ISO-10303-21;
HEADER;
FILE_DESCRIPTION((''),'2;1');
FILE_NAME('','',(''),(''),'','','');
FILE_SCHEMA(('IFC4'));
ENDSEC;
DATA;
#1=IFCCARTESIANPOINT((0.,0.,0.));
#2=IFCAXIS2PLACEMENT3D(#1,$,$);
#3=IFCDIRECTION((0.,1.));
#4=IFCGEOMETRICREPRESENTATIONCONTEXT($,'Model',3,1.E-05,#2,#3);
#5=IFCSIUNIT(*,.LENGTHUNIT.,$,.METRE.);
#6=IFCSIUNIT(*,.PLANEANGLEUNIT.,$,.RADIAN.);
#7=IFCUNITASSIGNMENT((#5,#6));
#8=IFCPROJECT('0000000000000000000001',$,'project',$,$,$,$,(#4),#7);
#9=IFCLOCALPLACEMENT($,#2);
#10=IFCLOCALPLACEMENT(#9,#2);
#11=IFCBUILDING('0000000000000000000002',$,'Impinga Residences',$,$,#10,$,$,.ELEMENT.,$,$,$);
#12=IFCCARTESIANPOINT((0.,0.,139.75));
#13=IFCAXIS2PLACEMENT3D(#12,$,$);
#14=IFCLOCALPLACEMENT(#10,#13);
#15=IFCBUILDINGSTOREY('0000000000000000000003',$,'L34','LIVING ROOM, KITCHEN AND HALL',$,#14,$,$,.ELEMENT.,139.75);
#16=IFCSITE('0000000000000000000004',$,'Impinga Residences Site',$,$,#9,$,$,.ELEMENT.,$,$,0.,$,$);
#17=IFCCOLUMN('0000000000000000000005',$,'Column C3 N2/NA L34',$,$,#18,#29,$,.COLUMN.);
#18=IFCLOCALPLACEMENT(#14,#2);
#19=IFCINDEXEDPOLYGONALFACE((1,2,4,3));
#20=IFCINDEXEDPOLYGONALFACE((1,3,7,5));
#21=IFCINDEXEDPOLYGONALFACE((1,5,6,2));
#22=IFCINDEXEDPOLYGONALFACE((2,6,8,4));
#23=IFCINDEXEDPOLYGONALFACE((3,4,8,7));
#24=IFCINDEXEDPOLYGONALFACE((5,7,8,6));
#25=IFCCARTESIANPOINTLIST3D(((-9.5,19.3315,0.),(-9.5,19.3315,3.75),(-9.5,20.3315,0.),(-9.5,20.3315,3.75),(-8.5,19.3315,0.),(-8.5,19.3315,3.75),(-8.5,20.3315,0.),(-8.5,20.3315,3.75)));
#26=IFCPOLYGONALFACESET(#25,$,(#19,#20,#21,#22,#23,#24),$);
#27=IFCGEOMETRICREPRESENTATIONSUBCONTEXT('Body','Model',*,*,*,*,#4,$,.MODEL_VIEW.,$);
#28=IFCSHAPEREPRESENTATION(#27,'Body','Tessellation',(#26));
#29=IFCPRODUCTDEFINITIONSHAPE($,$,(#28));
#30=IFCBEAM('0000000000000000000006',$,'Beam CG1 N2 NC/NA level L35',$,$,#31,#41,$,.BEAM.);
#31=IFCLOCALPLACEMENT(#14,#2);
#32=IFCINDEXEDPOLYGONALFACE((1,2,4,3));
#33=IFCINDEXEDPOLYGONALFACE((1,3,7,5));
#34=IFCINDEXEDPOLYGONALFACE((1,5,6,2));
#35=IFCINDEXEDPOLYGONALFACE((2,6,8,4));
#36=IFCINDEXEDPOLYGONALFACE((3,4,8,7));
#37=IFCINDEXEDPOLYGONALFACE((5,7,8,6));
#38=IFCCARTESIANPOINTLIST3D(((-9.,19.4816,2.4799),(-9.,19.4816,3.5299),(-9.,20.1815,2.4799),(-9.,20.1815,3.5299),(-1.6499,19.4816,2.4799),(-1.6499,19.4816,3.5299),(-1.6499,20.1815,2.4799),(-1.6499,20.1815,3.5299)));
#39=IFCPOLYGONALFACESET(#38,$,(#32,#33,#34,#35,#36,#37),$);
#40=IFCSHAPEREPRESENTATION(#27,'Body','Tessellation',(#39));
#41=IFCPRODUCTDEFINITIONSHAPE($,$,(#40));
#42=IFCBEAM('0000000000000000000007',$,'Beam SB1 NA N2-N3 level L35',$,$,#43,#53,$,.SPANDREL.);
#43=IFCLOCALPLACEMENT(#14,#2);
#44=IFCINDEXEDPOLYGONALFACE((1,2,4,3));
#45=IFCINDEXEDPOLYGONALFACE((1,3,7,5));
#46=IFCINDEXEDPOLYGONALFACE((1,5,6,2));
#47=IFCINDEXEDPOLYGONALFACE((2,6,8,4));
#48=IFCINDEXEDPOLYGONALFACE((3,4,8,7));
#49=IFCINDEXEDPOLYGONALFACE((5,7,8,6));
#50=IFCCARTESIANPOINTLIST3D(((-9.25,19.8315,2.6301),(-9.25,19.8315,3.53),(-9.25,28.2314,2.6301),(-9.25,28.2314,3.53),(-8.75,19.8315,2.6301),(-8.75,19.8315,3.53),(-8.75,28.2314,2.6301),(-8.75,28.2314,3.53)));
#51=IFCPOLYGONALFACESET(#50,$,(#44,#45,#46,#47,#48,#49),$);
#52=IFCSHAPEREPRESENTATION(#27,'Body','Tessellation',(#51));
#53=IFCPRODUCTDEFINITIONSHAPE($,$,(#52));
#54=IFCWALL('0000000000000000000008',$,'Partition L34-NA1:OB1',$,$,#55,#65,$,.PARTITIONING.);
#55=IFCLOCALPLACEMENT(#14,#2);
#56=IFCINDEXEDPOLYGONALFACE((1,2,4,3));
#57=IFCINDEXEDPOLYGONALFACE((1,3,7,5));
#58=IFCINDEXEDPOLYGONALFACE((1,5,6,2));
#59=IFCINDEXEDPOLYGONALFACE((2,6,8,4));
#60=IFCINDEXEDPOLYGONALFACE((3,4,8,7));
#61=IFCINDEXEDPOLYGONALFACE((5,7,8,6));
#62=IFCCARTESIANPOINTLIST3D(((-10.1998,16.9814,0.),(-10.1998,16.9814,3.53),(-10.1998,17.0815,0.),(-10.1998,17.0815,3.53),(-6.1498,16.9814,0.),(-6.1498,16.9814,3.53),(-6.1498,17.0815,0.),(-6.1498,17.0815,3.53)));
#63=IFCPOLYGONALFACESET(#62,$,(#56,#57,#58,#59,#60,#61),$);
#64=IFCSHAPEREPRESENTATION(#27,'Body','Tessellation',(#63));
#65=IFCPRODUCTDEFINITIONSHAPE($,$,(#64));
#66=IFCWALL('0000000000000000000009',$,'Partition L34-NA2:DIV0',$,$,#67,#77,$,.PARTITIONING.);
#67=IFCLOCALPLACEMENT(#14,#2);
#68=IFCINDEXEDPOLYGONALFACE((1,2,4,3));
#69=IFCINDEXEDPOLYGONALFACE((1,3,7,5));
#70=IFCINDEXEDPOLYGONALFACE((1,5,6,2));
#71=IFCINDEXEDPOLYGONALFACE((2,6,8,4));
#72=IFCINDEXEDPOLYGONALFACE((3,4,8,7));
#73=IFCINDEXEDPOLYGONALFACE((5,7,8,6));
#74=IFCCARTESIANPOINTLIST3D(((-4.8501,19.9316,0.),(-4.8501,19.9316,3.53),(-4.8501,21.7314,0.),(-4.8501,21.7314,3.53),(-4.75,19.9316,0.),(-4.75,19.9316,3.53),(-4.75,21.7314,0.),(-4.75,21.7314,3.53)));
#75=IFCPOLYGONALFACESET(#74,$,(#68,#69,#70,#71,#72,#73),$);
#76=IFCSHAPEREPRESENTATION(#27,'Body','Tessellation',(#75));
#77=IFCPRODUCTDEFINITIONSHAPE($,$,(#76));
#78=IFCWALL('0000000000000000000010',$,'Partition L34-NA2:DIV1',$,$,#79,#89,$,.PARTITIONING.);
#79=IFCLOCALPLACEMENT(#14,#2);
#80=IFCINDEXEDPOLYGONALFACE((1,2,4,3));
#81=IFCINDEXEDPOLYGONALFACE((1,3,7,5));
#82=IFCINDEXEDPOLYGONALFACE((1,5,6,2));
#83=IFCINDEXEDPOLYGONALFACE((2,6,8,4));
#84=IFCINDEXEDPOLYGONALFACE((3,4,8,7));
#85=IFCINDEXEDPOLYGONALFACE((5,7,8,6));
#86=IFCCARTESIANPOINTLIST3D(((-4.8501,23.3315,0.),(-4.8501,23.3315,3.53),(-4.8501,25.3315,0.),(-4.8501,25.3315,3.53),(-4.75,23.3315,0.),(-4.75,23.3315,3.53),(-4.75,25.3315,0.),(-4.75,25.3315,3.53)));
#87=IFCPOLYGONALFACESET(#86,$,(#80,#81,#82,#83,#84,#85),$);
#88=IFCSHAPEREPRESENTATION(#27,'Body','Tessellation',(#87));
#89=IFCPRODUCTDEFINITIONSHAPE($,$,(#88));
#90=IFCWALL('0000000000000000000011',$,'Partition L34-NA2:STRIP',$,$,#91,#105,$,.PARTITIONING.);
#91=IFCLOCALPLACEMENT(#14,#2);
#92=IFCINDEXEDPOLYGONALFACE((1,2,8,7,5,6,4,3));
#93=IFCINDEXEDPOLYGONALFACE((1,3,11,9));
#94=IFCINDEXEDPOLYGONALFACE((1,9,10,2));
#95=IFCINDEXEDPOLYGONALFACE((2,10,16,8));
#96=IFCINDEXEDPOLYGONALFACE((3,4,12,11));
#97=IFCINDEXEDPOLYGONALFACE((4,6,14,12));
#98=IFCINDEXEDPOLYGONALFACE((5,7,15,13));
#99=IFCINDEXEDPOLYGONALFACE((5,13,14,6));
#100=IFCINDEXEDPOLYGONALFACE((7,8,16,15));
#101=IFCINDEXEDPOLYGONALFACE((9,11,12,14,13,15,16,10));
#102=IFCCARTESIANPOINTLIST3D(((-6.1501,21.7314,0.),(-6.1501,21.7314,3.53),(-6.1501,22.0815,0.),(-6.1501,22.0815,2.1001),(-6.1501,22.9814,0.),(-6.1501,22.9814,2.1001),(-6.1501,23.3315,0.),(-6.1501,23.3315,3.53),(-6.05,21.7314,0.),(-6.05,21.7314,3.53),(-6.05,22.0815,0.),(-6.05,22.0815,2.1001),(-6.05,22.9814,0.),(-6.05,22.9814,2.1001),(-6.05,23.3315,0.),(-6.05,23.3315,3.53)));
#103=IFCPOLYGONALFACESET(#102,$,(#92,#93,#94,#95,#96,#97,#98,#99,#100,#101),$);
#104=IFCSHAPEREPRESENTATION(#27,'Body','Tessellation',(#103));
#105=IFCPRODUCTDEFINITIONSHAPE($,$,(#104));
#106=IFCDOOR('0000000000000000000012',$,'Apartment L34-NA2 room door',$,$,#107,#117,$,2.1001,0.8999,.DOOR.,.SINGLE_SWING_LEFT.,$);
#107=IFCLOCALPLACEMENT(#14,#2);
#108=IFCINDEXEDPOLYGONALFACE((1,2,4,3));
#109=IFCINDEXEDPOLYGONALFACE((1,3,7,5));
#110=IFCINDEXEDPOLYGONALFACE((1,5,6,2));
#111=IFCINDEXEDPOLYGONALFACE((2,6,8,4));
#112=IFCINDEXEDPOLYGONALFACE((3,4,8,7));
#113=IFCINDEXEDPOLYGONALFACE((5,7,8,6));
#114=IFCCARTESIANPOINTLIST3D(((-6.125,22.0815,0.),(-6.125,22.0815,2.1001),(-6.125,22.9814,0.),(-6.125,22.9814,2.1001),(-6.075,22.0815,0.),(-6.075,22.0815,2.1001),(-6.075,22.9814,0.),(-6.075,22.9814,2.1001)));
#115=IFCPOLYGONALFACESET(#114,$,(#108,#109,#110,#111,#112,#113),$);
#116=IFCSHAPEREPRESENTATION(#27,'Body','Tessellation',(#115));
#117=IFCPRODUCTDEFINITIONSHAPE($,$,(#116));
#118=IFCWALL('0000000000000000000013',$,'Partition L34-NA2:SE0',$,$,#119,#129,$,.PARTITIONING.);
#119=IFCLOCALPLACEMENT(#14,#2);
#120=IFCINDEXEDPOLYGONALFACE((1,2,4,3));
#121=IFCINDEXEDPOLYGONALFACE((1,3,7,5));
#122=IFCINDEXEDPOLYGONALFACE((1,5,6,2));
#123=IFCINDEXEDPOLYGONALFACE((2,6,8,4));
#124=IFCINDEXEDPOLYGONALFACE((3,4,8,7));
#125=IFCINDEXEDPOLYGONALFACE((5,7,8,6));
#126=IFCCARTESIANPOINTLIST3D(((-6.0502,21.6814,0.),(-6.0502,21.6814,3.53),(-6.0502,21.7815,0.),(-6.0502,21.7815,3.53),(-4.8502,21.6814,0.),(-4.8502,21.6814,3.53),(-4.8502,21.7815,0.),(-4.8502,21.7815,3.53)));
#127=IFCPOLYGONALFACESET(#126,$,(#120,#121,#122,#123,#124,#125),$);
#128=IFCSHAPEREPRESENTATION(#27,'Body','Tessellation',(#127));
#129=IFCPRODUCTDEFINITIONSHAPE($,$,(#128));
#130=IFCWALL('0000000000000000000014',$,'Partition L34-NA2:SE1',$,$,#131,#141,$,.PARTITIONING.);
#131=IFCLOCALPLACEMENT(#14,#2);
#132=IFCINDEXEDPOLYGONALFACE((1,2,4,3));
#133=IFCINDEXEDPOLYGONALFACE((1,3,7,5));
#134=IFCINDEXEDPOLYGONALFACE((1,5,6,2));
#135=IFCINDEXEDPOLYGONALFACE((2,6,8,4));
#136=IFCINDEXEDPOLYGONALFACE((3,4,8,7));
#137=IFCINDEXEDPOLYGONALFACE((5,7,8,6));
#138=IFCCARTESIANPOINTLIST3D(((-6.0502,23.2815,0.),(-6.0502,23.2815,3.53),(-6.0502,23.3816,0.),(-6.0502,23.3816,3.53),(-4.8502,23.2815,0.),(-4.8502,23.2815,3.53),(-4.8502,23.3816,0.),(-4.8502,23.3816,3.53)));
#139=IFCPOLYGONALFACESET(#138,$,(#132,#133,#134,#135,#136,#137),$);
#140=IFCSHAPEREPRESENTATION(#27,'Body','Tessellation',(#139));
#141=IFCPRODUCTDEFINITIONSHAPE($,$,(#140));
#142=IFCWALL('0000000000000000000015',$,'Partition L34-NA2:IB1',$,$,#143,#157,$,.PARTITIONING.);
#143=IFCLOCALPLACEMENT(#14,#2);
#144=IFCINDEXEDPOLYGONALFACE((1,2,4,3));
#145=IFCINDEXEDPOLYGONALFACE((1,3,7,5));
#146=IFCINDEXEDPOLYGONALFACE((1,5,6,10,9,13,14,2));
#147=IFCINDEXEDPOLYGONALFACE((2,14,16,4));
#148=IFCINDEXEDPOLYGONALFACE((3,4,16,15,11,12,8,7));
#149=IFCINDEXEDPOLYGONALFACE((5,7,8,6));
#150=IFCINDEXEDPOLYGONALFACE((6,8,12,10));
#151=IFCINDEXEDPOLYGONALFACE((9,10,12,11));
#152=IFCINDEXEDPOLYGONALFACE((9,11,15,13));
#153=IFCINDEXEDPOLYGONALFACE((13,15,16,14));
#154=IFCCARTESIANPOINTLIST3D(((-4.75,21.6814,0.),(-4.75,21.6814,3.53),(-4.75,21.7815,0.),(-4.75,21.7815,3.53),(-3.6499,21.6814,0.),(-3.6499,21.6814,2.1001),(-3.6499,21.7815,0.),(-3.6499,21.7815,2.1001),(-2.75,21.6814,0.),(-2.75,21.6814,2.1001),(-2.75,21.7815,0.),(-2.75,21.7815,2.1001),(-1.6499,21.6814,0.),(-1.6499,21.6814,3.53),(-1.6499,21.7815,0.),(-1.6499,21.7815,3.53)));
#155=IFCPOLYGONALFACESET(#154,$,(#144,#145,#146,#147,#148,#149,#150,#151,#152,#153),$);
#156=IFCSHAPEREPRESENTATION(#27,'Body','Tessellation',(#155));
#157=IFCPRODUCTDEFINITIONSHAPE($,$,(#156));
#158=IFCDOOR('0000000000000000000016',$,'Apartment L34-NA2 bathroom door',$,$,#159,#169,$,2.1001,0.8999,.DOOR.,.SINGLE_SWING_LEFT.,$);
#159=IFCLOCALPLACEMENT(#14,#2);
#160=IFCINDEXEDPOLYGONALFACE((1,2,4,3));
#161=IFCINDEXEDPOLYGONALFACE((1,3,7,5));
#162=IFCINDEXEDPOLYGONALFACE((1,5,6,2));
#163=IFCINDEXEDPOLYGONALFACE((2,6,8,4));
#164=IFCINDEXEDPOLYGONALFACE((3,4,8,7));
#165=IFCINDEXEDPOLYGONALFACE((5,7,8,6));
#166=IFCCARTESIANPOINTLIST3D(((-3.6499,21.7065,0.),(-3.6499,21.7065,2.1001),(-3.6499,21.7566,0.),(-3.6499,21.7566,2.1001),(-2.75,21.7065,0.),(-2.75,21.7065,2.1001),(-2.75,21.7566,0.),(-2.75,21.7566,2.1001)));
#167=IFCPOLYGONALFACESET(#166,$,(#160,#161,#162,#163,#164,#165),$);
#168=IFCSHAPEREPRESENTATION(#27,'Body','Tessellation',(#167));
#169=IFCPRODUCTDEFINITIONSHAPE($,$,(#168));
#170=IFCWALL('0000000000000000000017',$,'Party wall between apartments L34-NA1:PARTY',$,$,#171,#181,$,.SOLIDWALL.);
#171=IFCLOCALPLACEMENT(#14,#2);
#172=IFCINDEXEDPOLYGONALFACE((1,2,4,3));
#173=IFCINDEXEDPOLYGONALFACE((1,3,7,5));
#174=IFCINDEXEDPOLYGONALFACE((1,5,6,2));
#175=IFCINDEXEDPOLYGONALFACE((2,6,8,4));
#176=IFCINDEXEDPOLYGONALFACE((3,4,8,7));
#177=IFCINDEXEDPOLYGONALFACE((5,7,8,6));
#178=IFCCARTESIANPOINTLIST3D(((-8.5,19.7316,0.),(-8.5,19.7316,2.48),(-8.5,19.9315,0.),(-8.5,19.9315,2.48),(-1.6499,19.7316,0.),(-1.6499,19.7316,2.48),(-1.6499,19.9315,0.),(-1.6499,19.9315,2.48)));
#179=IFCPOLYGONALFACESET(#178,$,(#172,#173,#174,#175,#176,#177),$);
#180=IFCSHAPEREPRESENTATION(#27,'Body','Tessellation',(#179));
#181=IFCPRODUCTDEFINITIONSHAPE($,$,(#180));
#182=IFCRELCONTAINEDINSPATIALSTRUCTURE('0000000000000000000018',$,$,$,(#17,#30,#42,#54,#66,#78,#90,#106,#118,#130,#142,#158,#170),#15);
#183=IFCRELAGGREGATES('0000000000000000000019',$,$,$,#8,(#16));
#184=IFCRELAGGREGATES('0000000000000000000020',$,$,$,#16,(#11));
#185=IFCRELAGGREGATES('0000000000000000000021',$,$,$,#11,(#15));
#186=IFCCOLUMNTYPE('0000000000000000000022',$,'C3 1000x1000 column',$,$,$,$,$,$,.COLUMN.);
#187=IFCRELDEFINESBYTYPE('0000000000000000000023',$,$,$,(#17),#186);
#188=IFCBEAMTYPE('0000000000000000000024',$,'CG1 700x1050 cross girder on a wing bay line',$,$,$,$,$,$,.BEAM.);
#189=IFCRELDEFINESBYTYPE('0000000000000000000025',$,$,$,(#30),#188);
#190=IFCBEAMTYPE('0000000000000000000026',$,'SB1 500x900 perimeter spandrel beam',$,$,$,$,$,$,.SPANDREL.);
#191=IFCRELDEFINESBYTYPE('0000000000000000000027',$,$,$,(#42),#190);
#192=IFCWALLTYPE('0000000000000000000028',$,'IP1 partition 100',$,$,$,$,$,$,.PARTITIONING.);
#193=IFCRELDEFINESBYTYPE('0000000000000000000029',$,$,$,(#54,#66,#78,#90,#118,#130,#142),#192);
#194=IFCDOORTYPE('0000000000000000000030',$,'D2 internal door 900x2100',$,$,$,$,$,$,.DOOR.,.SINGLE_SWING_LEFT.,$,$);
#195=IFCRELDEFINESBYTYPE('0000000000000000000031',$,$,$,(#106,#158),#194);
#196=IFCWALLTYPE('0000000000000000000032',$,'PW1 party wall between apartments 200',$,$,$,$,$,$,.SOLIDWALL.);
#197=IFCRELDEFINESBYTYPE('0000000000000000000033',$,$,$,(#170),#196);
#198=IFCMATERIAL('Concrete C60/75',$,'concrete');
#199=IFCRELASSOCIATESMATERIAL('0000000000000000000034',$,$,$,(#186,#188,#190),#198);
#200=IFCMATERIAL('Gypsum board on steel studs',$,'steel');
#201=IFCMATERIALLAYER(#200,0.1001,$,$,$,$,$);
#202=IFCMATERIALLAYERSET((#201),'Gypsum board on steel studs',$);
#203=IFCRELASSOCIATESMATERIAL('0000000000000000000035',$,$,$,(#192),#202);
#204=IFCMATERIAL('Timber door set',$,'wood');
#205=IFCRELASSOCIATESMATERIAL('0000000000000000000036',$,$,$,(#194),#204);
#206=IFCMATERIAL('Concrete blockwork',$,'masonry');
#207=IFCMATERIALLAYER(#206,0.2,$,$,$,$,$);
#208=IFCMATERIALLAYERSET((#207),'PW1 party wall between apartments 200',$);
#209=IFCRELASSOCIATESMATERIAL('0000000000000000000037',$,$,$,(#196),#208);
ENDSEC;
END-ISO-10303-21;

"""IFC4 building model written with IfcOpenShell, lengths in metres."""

from ifc_helpers import new_model, si_unit, direction, frame, frame_2d, origin, origin_2d, place, context, subcontext, project, spatial, rectangle, extrude, material, layer, layer_set, material_profile, profile_set, type_object, element, fill, save


model = new_model("IFC4")

# Units and contexts
model_context = context("Model", 3, precision=1e-05, world=origin(), true_north=direction((0.0, 1.0)))
body_context = subcontext(model_context, "Body", "Model", "MODEL_VIEW")
ifc_project = project(units=[si_unit("LENGTHUNIT", "METRE"), si_unit("PLANEANGLEUNIT", "RADIAN")], contexts=[model_context])

# Site, building, storey
site_placement = place(None, origin())
site = spatial("IfcSite", under=ifc_project, at=site_placement, Name="Impinga Residences Site", CompositionType="ELEMENT", RefElevation=0.0)
building_placement = place(site_placement, origin())
building = spatial("IfcBuilding", under=site, at=building_placement, Name="Impinga Residences", CompositionType="ELEMENT")
storey_placement = place(building_placement, frame((0.0, 0.0, 139.75)))
storey = spatial("IfcBuildingStorey", under=building, at=storey_placement, Name="L34", Description="LIVING ROOM, KITCHEN AND HALL", CompositionType="ELEMENT", Elevation=139.75)

# Column
ifc_material_1 = material(Name="Concrete C60/75", Category="concrete")
ifc_material_profile_1 = material_profile(ifc_material_1, rectangle(XDim=1.0, YDim=1.0, at=origin_2d()), Name="RC 1000x1000")
ifc_profile_set_1 = profile_set([ifc_material_profile_1], Name="Concrete C60/75")
column_type = type_object("IfcColumnType", Name="C3 1000x1000 column", PredefinedType="COLUMN", material=ifc_profile_set_1)
column_placement = place(storey_placement, frame((-9.0, 19.8315, 0.0), z_axis=(0.0, 0.0, 1.0), x_axis=(1.0, 0.0, 0.0)))
element("IfcColumn", 1, at=column_placement, inside=storey, type_object=column_type, Name="Column C3 N2/NA L34", PredefinedType="COLUMN", context=body_context, shape_type="SweptSolid", body=[
    extrude(rectangle(XDim=1.0, YDim=1.0, at=origin_2d()), origin(), (0.0, 0.0, 1.0), 3.75),
])

# Beams
ifc_material_profile_2 = material_profile(ifc_material_1, rectangle(XDim=0.7, YDim=1.05, at=origin_2d()), Name="RC 700x1050")
ifc_profile_set_2 = profile_set([ifc_material_profile_2], Name="Concrete C60/75")
beam_type_1 = type_object("IfcBeamType", Name="CG1 700x1050 cross girder on a wing bay line", PredefinedType="BEAM", material=ifc_profile_set_2)
beam_1_placement = place(storey_placement, frame((-1.6499, 19.8315, 3.0049), z_axis=(-1.0, 0.0, 0.0), x_axis=(0.0, -1.0, 0.0)))
element("IfcBeam", 2, at=beam_1_placement, inside=storey, type_object=beam_type_1, Name="Beam CG1 N2 NC/NA level L35", PredefinedType="BEAM", context=body_context, shape_type="SweptSolid", body=[
    extrude(rectangle(XDim=0.7, YDim=1.05, at=origin_2d()), origin(), (0.0, 0.0, 1.0), 7.3501),
])
ifc_material_profile_3 = material_profile(ifc_material_1, rectangle(XDim=0.5, YDim=0.8999, at=origin_2d()), Name="RC 500x900")
ifc_profile_set_3 = profile_set([ifc_material_profile_3], Name="Concrete C60/75")
beam_type_2 = type_object("IfcBeamType", Name="SB1 500x900 perimeter spandrel beam", PredefinedType="SPANDREL", material=ifc_profile_set_3)
beam_2_placement = place(storey_placement, frame((-9.0, 19.8315, 3.0801), z_axis=(0.0, 1.0, 0.0), x_axis=(-1.0, 0.0, 0.0)))
element("IfcBeam", 3, at=beam_2_placement, inside=storey, type_object=beam_type_2, Name="Beam SB1 NA N2-N3 level L35", PredefinedType="SPANDREL", context=body_context, shape_type="SweptSolid", body=[
    extrude(rectangle(XDim=0.5, YDim=0.8999, at=origin_2d()), origin(), (0.0, 0.0, 1.0), 8.3999),
])

# Walls
ifc_material_2 = material(Name="Gypsum board on steel studs", Category="steel")
ifc_layer_1 = layer(ifc_material_2, 0.1001)
ifc_layer_set_1 = layer_set([ifc_layer_1], Name="Gypsum board on steel studs")
wall_type_1 = type_object("IfcWallType", Name="IP1 partition 100", PredefinedType="PARTITIONING", material=ifc_layer_set_1)
wall_1_placement = place(storey_placement, frame((-6.1499, 17.0315, 0.0), z_axis=(0.0, 0.0, 1.0), x_axis=(-1.0, 0.0, 0.0)))
element("IfcWall", 4, at=wall_1_placement, inside=storey, type_object=wall_type_1, Name="Partition L34-NA1:OB1", PredefinedType="PARTITIONING", context=body_context, shape_type="SweptSolid", body=[
    extrude(rectangle(XDim=4.05, YDim=0.1001, at=frame_2d((2.0249, 0.0))), origin(), (0.0, 0.0, 1.0), 3.53),
])
wall_2_placement = place(storey_placement, frame((-4.8, 19.9316, 0.0), z_axis=(0.0, 0.0, 1.0), x_axis=(0.0, 1.0, 0.0)))
element("IfcWall", 5, at=wall_2_placement, inside=storey, type_object=wall_type_1, Name="Partition L34-NA2:DIV0", PredefinedType="PARTITIONING", context=body_context, shape_type="SweptSolid", body=[
    extrude(rectangle(XDim=1.7998, YDim=0.1001, at=frame_2d((0.8999, 0.0))), origin(), (0.0, 0.0, 1.0), 3.53),
])
wall_3_placement = place(storey_placement, frame((-4.8, 23.3315, 0.0), z_axis=(0.0, 0.0, 1.0), x_axis=(0.0, 1.0, 0.0)))
element("IfcWall", 6, at=wall_3_placement, inside=storey, type_object=wall_type_1, Name="Partition L34-NA2:DIV1", PredefinedType="PARTITIONING", context=body_context, shape_type="SweptSolid", body=[
    extrude(rectangle(XDim=2.0, YDim=0.1001, at=frame_2d((1.0, 0.0))), origin(), (0.0, 0.0, 1.0), 3.53),
])

# Wall, opening, door
wall_4_placement = place(storey_placement, frame((-6.1001, 21.7314, 0.0), z_axis=(0.0, 0.0, 1.0), x_axis=(0.0, 1.0, 0.0)))
wall_4 = element("IfcWall", 7, at=wall_4_placement, inside=storey, type_object=wall_type_1, Name="Partition L34-NA2:STRIP", PredefinedType="PARTITIONING", context=body_context, shape_type="SweptSolid", body=[
    extrude(rectangle(XDim=1.6001, YDim=0.1001, at=frame_2d((0.8, 0.0))), origin(), (0.0, 0.0, 1.0), 3.53),
])
opening_1_placement = place(wall_4_placement, frame((0.3501, 0.0, 0.0)))
opening_1 = element("IfcOpeningElement", 8, at=opening_1_placement, cuts=wall_4, PredefinedType="OPENING", context=body_context, shape_type="SweptSolid", body=[
    extrude(rectangle(XDim=0.8999, YDim=2.1001, at=frame_2d((0.45, 1.05))), frame((0.0, 0.0601, 0.0), z_axis=(0.0, -1.0, 0.0), x_axis=(1.0, 0.0, 0.0)), (0.0, 0.0, 1.0), 0.1201),
])
ifc_material_3 = material(Name="Timber door set", Category="wood")
door_type = type_object("IfcDoorType", Name="D2 internal door 900x2100", OperationType="SINGLE_SWING_LEFT", PredefinedType="DOOR", material=ifc_material_3)
door_1_placement = place(opening_1_placement, origin())
door_1 = element("IfcDoor", 9, at=door_1_placement, inside=storey, type_object=door_type, Name="Apartment L34-NA2 room door", OperationType="SINGLE_SWING_LEFT", OverallHeight=2.1001, OverallWidth=0.8999, PredefinedType="DOOR", context=body_context, shape_type="SweptSolid", body=[
    extrude(rectangle(XDim=0.8999, YDim=2.1001, at=frame_2d((0.45, 1.05))), frame((0.0, 0.0249, 0.0), z_axis=(0.0, -1.0, 0.0), x_axis=(1.0, 0.0, 0.0)), (0.0, 0.0, 1.0), 0.05),
])
fill(opening_1, door_1)

# Walls
for number, where, z_axis, x_axis, name in (
    (10, (-4.8501, 21.7314, 0.0), (0.0, 0.0, 1.0), (-1.0, 0.0, 0.0), "Partition L34-NA2:SE0"),
    (11, (-4.8501, 23.3315, 0.0), (0.0, 0.0, 1.0), (-1.0, 0.0, 0.0), "Partition L34-NA2:SE1"),
):
    element("IfcWall", number, at=place(storey_placement, frame(where, z_axis=z_axis, x_axis=x_axis)), inside=storey, type_object=wall_type_1, Name=name, PredefinedType="PARTITIONING", context=body_context, shape_type="SweptSolid", body=[
        extrude(rectangle(XDim=1.2, YDim=0.1001, at=frame_2d((0.6001, 0.0))), origin(), (0.0, 0.0, 1.0), 3.53),
    ])

# Wall, opening, door
wall_5_placement = place(storey_placement, frame((-1.6499, 21.7314, 0.0), z_axis=(0.0, 0.0, 1.0), x_axis=(-1.0, 0.0, 0.0)))
wall_5 = element("IfcWall", 12, at=wall_5_placement, inside=storey, type_object=wall_type_1, Name="Partition L34-NA2:IB1", PredefinedType="PARTITIONING", context=body_context, shape_type="SweptSolid", body=[
    extrude(rectangle(XDim=3.1001, YDim=0.1001, at=frame_2d((1.55, 0.0))), origin(), (0.0, 0.0, 1.0), 3.53),
])
opening_2_placement = place(wall_5_placement, frame((1.1001, 0.0, 0.0)))
opening_2 = element("IfcOpeningElement", 13, at=opening_2_placement, cuts=wall_5, PredefinedType="OPENING", context=body_context, shape_type="SweptSolid", body=[
    extrude(rectangle(XDim=0.8999, YDim=2.1001, at=frame_2d((0.45, 1.05))), frame((0.0, 0.0601, 0.0), z_axis=(0.0, -1.0, 0.0), x_axis=(1.0, 0.0, 0.0)), (0.0, 0.0, 1.0), 0.1201),
])
door_2_placement = place(opening_2_placement, origin())
door_2 = element("IfcDoor", 14, at=door_2_placement, inside=storey, type_object=door_type, Name="Apartment L34-NA2 bathroom door", OperationType="SINGLE_SWING_LEFT", OverallHeight=2.1001, OverallWidth=0.8999, PredefinedType="DOOR", context=body_context, shape_type="SweptSolid", body=[
    extrude(rectangle(XDim=0.8999, YDim=2.1001, at=frame_2d((0.45, 1.05))), frame((0.0, 0.0249, 0.0), z_axis=(0.0, -1.0, 0.0), x_axis=(1.0, 0.0, 0.0)), (0.0, 0.0, 1.0), 0.05),
])
fill(opening_2, door_2)

# Wall
ifc_material_4 = material(Name="Concrete blockwork", Category="masonry")
ifc_layer_2 = layer(ifc_material_4, 0.2)
ifc_layer_set_2 = layer_set([ifc_layer_2], Name="PW1 party wall between apartments 200")
wall_type_2 = type_object("IfcWallType", Name="PW1 party wall between apartments 200", PredefinedType="SOLIDWALL", material=ifc_layer_set_2)
wall_6_placement = place(storey_placement, frame((-1.6499, 19.8315, 0.0), z_axis=(0.0, 0.0, 1.0), x_axis=(-1.0, 0.0, 0.0)))
element("IfcWall", 15, at=wall_6_placement, inside=storey, type_object=wall_type_2, Name="Party wall between apartments L34-NA1:PARTY", PredefinedType="SOLIDWALL", context=body_context, shape_type="SweptSolid", body=[
    extrude(rectangle(XDim=6.8501, YDim=0.2, at=frame_2d((3.425, 0.0))), origin(), (0.0, 0.0, 1.0), 2.48),
])

save(model, "model.ifc")
